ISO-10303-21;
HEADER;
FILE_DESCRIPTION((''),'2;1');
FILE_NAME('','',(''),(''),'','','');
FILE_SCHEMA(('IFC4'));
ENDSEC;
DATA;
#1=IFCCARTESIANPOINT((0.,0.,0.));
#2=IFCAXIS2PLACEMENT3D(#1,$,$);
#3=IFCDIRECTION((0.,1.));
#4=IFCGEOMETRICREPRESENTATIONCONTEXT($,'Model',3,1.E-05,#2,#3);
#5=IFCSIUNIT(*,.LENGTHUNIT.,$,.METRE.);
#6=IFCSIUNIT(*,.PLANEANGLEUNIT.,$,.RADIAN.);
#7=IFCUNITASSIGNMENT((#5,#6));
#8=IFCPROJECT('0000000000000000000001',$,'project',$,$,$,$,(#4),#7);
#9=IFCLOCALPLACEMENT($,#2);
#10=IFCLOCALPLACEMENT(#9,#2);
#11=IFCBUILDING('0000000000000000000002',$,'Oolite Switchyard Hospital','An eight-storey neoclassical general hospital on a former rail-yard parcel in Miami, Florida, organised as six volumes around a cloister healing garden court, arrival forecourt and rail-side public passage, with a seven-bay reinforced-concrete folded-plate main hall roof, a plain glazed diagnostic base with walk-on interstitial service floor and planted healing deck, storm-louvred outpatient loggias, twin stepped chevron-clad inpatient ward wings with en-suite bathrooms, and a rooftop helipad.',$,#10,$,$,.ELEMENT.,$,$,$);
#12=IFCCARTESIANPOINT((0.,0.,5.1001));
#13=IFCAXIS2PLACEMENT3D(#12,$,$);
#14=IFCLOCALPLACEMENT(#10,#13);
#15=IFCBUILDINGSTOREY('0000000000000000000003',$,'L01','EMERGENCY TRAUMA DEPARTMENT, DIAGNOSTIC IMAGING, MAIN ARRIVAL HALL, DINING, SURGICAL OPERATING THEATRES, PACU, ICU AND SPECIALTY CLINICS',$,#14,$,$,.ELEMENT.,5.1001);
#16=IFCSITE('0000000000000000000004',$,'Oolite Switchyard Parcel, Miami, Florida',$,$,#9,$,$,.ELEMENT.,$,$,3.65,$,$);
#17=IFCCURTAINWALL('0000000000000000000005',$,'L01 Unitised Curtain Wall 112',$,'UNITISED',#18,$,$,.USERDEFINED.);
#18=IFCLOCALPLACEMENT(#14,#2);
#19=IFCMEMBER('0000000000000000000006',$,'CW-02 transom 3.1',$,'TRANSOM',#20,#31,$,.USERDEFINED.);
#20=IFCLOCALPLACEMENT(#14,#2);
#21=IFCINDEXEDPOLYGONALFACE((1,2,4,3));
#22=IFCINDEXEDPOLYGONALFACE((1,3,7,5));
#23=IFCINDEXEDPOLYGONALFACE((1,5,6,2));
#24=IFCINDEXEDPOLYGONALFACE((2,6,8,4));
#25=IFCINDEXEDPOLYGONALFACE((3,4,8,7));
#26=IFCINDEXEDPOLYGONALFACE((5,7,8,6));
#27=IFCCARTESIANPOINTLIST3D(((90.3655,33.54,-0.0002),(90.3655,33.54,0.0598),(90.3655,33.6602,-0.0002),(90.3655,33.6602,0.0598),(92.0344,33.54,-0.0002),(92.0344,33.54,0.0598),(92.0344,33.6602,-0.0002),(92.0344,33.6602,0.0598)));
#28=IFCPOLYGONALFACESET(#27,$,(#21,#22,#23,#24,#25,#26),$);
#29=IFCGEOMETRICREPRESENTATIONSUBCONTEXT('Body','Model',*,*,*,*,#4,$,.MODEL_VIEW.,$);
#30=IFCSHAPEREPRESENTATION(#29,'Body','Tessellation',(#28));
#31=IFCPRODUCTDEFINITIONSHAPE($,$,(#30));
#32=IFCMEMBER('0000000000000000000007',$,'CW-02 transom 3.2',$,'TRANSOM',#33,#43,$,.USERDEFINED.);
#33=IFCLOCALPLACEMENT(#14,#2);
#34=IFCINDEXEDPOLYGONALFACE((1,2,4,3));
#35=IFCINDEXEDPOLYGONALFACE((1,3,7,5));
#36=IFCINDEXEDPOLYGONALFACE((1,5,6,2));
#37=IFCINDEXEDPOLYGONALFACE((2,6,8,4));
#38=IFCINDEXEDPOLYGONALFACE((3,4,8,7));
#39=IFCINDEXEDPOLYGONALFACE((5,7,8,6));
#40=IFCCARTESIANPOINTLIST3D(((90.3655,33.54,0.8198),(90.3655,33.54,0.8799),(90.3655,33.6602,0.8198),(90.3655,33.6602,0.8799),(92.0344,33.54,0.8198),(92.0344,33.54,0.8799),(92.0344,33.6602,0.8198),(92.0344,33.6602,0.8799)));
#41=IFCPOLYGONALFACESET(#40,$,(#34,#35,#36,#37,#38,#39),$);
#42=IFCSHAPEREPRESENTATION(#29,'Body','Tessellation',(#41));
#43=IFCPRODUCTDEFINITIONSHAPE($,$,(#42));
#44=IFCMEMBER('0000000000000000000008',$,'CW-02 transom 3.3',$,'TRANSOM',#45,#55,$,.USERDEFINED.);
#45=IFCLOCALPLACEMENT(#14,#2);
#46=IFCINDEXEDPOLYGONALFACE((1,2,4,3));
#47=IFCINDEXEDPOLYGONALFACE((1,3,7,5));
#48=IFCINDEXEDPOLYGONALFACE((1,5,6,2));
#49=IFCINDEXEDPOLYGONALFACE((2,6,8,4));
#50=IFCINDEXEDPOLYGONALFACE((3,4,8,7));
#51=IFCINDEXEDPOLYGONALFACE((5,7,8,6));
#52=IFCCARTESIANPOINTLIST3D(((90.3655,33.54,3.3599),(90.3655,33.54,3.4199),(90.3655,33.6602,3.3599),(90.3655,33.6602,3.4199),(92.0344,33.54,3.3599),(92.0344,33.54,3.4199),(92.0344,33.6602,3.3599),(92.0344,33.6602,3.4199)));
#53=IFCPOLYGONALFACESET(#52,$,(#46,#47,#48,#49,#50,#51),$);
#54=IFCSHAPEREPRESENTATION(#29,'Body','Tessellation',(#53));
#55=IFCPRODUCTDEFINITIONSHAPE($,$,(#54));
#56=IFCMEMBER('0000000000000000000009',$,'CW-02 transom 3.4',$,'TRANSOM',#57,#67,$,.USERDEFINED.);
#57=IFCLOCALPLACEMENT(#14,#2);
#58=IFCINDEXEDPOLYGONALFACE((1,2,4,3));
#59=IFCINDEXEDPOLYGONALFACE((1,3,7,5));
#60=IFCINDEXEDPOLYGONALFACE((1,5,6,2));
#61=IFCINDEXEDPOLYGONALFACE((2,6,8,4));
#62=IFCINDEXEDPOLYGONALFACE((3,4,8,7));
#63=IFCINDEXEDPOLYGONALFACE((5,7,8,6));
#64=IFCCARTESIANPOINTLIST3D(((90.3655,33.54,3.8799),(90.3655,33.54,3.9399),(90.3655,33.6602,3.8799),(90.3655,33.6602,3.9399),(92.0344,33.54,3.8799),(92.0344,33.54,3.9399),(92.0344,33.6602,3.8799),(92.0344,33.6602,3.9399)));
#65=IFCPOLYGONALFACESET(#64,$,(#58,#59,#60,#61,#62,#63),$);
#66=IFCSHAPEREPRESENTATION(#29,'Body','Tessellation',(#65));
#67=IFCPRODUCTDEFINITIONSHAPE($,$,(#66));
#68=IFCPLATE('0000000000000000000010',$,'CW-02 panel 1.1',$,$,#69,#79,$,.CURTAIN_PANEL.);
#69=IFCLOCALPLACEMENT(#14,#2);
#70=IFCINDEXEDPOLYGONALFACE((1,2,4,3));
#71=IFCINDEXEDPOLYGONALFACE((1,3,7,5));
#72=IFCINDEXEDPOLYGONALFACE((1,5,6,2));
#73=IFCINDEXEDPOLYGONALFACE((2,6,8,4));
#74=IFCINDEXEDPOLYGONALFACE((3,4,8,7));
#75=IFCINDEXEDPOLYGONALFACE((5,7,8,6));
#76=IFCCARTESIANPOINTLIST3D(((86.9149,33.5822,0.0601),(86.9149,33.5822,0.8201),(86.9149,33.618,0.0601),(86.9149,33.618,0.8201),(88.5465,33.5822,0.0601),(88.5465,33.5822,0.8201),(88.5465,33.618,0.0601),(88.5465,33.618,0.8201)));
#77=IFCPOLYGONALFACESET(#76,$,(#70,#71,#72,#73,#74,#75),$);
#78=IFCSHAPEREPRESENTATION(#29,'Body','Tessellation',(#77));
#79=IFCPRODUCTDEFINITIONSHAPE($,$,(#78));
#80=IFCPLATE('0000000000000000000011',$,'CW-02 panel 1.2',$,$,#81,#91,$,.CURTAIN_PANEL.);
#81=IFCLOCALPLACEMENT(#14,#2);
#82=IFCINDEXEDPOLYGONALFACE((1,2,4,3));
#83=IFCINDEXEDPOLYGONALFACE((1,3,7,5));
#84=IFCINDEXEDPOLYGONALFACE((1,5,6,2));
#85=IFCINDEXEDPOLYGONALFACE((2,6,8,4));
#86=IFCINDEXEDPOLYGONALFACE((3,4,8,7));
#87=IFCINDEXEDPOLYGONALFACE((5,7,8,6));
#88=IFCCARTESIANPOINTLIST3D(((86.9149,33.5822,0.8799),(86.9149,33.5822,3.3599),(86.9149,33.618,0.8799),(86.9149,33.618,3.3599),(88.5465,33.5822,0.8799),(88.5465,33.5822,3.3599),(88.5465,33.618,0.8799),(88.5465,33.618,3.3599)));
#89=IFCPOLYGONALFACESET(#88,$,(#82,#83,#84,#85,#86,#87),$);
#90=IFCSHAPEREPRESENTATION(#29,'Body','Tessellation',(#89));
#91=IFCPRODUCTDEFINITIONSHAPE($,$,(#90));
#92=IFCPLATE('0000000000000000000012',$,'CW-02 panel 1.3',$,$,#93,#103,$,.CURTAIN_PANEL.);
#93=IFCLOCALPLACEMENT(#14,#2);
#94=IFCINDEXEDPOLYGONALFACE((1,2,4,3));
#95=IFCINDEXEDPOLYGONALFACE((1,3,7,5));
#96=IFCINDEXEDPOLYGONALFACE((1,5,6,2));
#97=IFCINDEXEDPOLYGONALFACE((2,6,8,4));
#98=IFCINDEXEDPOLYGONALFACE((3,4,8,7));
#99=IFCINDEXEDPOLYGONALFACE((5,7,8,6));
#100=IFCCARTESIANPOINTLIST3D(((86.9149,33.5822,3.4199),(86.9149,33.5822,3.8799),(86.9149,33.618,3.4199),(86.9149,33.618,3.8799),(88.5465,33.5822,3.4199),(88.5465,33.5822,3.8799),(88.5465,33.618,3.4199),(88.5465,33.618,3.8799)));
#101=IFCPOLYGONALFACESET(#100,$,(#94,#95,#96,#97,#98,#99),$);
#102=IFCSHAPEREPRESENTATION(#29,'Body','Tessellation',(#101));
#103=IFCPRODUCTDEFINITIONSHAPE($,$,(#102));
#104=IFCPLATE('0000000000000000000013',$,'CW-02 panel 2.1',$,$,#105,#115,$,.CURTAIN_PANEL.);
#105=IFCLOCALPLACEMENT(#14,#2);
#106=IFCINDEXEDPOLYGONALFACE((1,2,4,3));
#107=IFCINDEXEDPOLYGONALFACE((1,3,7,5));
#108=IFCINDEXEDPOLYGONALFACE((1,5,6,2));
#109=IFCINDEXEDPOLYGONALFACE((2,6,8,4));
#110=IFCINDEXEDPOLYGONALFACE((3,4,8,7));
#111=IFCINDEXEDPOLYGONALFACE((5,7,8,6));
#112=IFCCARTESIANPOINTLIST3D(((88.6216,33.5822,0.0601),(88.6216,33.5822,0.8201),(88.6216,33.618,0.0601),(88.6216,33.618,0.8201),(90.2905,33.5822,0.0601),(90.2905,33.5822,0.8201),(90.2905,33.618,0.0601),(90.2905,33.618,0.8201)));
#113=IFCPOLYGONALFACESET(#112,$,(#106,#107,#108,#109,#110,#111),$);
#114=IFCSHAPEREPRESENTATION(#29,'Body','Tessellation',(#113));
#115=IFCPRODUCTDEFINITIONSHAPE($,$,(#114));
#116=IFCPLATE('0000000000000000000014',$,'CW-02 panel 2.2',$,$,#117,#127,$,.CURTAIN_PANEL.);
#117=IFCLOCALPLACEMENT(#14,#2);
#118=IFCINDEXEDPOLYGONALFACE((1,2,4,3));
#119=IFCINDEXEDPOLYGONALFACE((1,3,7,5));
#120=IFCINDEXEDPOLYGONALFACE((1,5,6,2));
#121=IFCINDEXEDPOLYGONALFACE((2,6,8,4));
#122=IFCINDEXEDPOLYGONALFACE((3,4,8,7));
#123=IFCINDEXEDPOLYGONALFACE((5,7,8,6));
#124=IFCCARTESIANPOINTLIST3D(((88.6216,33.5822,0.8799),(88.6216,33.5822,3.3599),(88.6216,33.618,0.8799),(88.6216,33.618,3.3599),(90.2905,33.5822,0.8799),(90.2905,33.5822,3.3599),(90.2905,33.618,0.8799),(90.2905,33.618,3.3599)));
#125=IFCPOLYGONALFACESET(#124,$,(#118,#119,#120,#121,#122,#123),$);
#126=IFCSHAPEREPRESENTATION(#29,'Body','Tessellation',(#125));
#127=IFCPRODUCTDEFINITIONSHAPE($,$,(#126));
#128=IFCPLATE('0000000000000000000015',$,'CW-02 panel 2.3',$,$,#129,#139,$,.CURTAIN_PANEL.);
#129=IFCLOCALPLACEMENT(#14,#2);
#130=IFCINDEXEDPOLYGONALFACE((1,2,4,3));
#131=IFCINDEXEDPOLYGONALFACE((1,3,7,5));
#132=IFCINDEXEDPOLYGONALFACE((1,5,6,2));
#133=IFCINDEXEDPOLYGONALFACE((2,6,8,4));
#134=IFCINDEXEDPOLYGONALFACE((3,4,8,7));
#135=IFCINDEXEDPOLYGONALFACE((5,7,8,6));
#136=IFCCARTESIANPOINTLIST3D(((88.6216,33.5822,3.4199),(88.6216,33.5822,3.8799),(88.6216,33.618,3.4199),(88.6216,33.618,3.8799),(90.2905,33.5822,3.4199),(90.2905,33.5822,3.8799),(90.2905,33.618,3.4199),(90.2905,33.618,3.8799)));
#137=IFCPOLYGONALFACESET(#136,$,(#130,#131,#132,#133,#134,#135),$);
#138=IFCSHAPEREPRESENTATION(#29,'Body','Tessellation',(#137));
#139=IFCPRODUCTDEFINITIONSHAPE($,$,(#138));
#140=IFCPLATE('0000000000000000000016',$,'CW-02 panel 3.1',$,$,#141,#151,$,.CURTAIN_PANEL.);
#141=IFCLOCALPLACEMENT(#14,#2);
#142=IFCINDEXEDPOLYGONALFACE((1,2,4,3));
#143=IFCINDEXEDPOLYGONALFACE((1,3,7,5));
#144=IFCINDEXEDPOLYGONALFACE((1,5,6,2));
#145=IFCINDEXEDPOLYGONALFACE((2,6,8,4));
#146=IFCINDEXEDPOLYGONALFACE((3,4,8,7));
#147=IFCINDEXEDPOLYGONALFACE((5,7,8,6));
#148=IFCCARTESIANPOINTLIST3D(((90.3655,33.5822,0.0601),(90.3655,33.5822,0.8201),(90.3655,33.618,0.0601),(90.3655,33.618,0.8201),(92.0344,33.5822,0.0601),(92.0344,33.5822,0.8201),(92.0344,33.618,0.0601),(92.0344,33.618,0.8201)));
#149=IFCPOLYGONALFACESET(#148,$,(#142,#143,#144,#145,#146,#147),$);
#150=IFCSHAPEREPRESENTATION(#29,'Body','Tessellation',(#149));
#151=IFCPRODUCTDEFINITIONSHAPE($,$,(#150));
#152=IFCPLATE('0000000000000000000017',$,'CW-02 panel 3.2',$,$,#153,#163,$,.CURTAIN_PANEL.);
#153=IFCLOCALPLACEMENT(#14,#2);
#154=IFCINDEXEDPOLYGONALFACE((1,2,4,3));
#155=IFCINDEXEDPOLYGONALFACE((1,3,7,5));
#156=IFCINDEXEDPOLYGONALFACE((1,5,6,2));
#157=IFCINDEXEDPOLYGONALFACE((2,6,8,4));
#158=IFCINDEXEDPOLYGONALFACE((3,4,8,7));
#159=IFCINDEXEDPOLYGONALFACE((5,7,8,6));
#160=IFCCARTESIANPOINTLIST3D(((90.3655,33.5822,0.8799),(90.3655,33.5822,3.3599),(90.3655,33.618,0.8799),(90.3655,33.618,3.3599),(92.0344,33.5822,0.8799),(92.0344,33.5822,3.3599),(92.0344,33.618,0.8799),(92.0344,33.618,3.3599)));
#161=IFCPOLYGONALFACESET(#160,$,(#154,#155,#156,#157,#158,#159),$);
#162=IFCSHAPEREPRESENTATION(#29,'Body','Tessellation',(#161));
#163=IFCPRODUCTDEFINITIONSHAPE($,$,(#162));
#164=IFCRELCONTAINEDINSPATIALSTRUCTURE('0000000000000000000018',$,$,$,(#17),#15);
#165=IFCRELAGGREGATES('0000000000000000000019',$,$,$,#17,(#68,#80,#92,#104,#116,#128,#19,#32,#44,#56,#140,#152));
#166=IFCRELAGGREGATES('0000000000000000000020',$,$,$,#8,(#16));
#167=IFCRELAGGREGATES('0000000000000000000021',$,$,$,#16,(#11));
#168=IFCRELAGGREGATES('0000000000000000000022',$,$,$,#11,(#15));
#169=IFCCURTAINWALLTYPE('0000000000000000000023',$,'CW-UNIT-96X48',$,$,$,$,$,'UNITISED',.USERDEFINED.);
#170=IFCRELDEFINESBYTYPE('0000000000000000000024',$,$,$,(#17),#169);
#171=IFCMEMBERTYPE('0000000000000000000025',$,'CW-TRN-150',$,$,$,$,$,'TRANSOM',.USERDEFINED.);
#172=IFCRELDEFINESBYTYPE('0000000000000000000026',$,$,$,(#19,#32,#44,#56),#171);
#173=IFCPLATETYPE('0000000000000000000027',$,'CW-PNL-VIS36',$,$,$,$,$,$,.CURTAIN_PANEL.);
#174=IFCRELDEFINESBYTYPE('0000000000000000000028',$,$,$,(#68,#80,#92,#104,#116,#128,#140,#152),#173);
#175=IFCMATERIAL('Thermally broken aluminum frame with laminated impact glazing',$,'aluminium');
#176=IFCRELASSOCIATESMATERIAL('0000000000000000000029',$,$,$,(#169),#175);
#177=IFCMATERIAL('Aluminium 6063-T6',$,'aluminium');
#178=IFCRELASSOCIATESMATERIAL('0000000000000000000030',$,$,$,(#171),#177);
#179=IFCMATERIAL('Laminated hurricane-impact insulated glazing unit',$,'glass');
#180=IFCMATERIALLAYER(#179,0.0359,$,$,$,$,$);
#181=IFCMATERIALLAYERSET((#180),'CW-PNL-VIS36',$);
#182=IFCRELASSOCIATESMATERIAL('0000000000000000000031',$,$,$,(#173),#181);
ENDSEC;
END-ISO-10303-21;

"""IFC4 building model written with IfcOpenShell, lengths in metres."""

from ifc_helpers import new_model, si_unit, direction, frame, origin, origin_2d, place, context, subcontext, project, spatial, rectangle, extrude, material, layer, layer_set, material_profile, profile_set, type_object, element, aggregate, save


model = new_model("IFC4")

# Units and contexts
model_context = context("Model", 3, precision=1e-05, world=origin(), true_north=direction((0.0, 1.0)))
body_context = subcontext(model_context, "Body", "Model", "MODEL_VIEW")
ifc_project = project(units=[si_unit("LENGTHUNIT", "METRE"), si_unit("PLANEANGLEUNIT", "RADIAN")], contexts=[model_context])

# Site, building, storey
site_placement = place(None, origin())
site = spatial("IfcSite", under=ifc_project, at=site_placement, Name="Oolite Switchyard Parcel, Miami, Florida", CompositionType="ELEMENT", RefElevation=3.65)
building_placement = place(site_placement, origin())
building = spatial("IfcBuilding", under=site, at=building_placement, Name="Oolite Switchyard Hospital", Description="An eight-storey neoclassical general hospital on a former rail-yard parcel in Miami, Florida, organised as six volumes around a cloister healing garden court, arrival forecourt and rail-side public passage, with a seven-bay reinforced-concrete folded-plate main hall roof, a plain glazed diagnostic base with walk-on interstitial service floor and planted healing deck, storm-louvred outpatient loggias, twin stepped chevron-clad inpatient ward wings with en-suite bathrooms, and a rooftop helipad.", CompositionType="ELEMENT")
storey_placement = place(building_placement, frame((0.0, 0.0, 5.1001)))
storey = spatial("IfcBuildingStorey", under=building, at=storey_placement, Name="L01", Description="EMERGENCY TRAUMA DEPARTMENT, DIAGNOSTIC IMAGING, MAIN ARRIVAL HALL, DINING, SURGICAL OPERATING THEATRES, PACU, ICU AND SPECIALTY CLINICS", CompositionType="ELEMENT", Elevation=5.1001)

# Shared definitions
ifc_material_1 = material(Name="Thermally broken aluminum frame with laminated impact glazing", Category="aluminium")
curtain_wall_type = type_object("IfcCurtainWallType", Name="CW-UNIT-96X48", ElementType="UNITISED", PredefinedType="USERDEFINED", material=ifc_material_1)
ifc_material_2 = material(Name="Aluminium 6063-T6", Category="aluminium")

# Curtain wall, members, plates
curtain_wall_1_placement = place(storey_placement, origin())
curtain_wall_1 = element("IfcCurtainWall", 1, at=curtain_wall_1_placement, inside=storey, type_object=curtain_wall_type, Name="L01 Unitised Curtain Wall 112", ObjectType="UNITISED", PredefinedType="USERDEFINED")
ifc_material_profile_1 = material_profile(ifc_material_2, rectangle(XDim=0.1201, YDim=0.0601, at=origin_2d()), Name="CWT60X120")
ifc_profile_set_1 = profile_set([ifc_material_profile_1], Name="Aluminium 6063-T6")
member_type_1 = type_object("IfcMemberType", Name="CW-TRN-150", ElementType="TRANSOM", PredefinedType="USERDEFINED", material=ifc_profile_set_1)
member_1_placement = place(storey_placement, frame((90.3655, 33.6001, 0.0298), z_axis=(1.0, 0.0, 0.0), x_axis=(0.0, 1.0, 0.0)))
member_1 = element("IfcMember", 2, at=member_1_placement, type_object=member_type_1, Name="CW-02 transom 3.1", ObjectType="TRANSOM", PredefinedType="USERDEFINED", context=body_context, shape_type="SweptSolid", body=[
    extrude(rectangle(XDim=0.1201, YDim=0.0601, at=origin_2d()), origin(), (0.0, 0.0, 1.0), 1.6689),
])
member_2_placement = place(storey_placement, frame((90.3655, 33.6001, 0.8499), z_axis=(1.0, 0.0, 0.0), x_axis=(0.0, 1.0, 0.0)))
member_2 = element("IfcMember", 3, at=member_2_placement, type_object=member_type_1, Name="CW-02 transom 3.2", ObjectType="TRANSOM", PredefinedType="USERDEFINED", context=body_context, shape_type="SweptSolid", body=[
    extrude(rectangle(XDim=0.1201, YDim=0.0601, at=origin_2d()), origin(), (0.0, 0.0, 1.0), 1.6689),
])
member_3_placement = place(storey_placement, frame((90.3655, 33.6001, 3.3899), z_axis=(1.0, 0.0, 0.0), x_axis=(0.0, 1.0, 0.0)))
member_3 = element("IfcMember", 4, at=member_3_placement, type_object=member_type_1, Name="CW-02 transom 3.3", ObjectType="TRANSOM", PredefinedType="USERDEFINED", context=body_context, shape_type="SweptSolid", body=[
    extrude(rectangle(XDim=0.1201, YDim=0.0601, at=origin_2d()), origin(), (0.0, 0.0, 1.0), 1.6689),
])
member_4_placement = place(storey_placement, frame((90.3655, 33.6001, 3.9099), z_axis=(1.0, 0.0, 0.0), x_axis=(0.0, 1.0, 0.0)))
member_4 = element("IfcMember", 5, at=member_4_placement, type_object=member_type_1, Name="CW-02 transom 3.4", ObjectType="TRANSOM", PredefinedType="USERDEFINED", context=body_context, shape_type="SweptSolid", body=[
    extrude(rectangle(XDim=0.1201, YDim=0.0601, at=origin_2d()), origin(), (0.0, 0.0, 1.0), 1.6689),
])
ifc_material_3 = material(Name="Laminated hurricane-impact insulated glazing unit", Category="glass")
ifc_layer = layer(ifc_material_3, 0.0359)
ifc_layer_set = layer_set([ifc_layer], Name="CW-PNL-VIS36")
plate_type = type_object("IfcPlateType", Name="CW-PNL-VIS36", PredefinedType="CURTAIN_PANEL", material=ifc_layer_set)
plate_1_placement = place(storey_placement, frame((87.7307, 33.6001, 0.0601), z_axis=(0.0, 0.0, 1.0), x_axis=(1.0, 0.0, 0.0)))
plate_1 = element("IfcPlate", 6, at=plate_1_placement, type_object=plate_type, Name="CW-02 panel 1.1", PredefinedType="CURTAIN_PANEL", context=body_context, shape_type="SweptSolid", body=[
    extrude(rectangle(XDim=1.6316, YDim=0.0359, at=origin_2d()), origin(), (0.0, 0.0, 1.0), 0.76),
])
plate_2_placement = place(storey_placement, frame((87.7307, 33.6001, 0.8799), z_axis=(0.0, 0.0, 1.0), x_axis=(1.0, 0.0, 0.0)))
plate_2 = element("IfcPlate", 7, at=plate_2_placement, type_object=plate_type, Name="CW-02 panel 1.2", PredefinedType="CURTAIN_PANEL", context=body_context, shape_type="SweptSolid", body=[
    extrude(rectangle(XDim=1.6316, YDim=0.0359, at=origin_2d()), origin(), (0.0, 0.0, 1.0), 2.48),
])
plate_3_placement = place(storey_placement, frame((87.7307, 33.6001, 3.4199), z_axis=(0.0, 0.0, 1.0), x_axis=(1.0, 0.0, 0.0)))
plate_3 = element("IfcPlate", 8, at=plate_3_placement, type_object=plate_type, Name="CW-02 panel 1.3", PredefinedType="CURTAIN_PANEL", context=body_context, shape_type="SweptSolid", body=[
    extrude(rectangle(XDim=1.6316, YDim=0.0359, at=origin_2d()), origin(), (0.0, 0.0, 1.0), 0.46),
])
plate_4_placement = place(storey_placement, frame((89.4561, 33.6001, 0.0601), z_axis=(0.0, 0.0, 1.0), x_axis=(1.0, 0.0, 0.0)))
plate_4 = element("IfcPlate", 9, at=plate_4_placement, type_object=plate_type, Name="CW-02 panel 2.1", PredefinedType="CURTAIN_PANEL", context=body_context, shape_type="SweptSolid", body=[
    extrude(rectangle(XDim=1.6689, YDim=0.0359, at=origin_2d()), origin(), (0.0, 0.0, 1.0), 0.76),
])
plate_5_placement = place(storey_placement, frame((89.4561, 33.6001, 0.8799), z_axis=(0.0, 0.0, 1.0), x_axis=(1.0, 0.0, 0.0)))
plate_5 = element("IfcPlate", 10, at=plate_5_placement, type_object=plate_type, Name="CW-02 panel 2.2", PredefinedType="CURTAIN_PANEL", context=body_context, shape_type="SweptSolid", body=[
    extrude(rectangle(XDim=1.6689, YDim=0.0359, at=origin_2d()), origin(), (0.0, 0.0, 1.0), 2.48),
])
plate_6_placement = place(storey_placement, frame((89.4561, 33.6001, 3.4199), z_axis=(0.0, 0.0, 1.0), x_axis=(1.0, 0.0, 0.0)))
plate_6 = element("IfcPlate", 11, at=plate_6_placement, type_object=plate_type, Name="CW-02 panel 2.3", PredefinedType="CURTAIN_PANEL", context=body_context, shape_type="SweptSolid", body=[
    extrude(rectangle(XDim=1.6689, YDim=0.0359, at=origin_2d()), origin(), (0.0, 0.0, 1.0), 0.46),
])
plate_7_placement = place(storey_placement, frame((91.2, 33.6001, 0.0601), z_axis=(0.0, 0.0, 1.0), x_axis=(1.0, 0.0, 0.0)))
plate_7 = element("IfcPlate", 12, at=plate_7_placement, type_object=plate_type, Name="CW-02 panel 3.1", PredefinedType="CURTAIN_PANEL", context=body_context, shape_type="SweptSolid", body=[
    extrude(rectangle(XDim=1.6689, YDim=0.0359, at=origin_2d()), origin(), (0.0, 0.0, 1.0), 0.76),
])
plate_8_placement = place(storey_placement, frame((91.2, 33.6001, 0.8799), z_axis=(0.0, 0.0, 1.0), x_axis=(1.0, 0.0, 0.0)))
plate_8 = element("IfcPlate", 13, at=plate_8_placement, type_object=plate_type, Name="CW-02 panel 3.2", PredefinedType="CURTAIN_PANEL", context=body_context, shape_type="SweptSolid", body=[
    extrude(rectangle(XDim=1.6689, YDim=0.0359, at=origin_2d()), origin(), (0.0, 0.0, 1.0), 2.48),
])
aggregate(curtain_wall_1, [plate_1, plate_2, plate_3, plate_4, plate_5, plate_6, member_1, member_2, member_3, member_4, plate_7, plate_8])

save(model, "model.ifc")
